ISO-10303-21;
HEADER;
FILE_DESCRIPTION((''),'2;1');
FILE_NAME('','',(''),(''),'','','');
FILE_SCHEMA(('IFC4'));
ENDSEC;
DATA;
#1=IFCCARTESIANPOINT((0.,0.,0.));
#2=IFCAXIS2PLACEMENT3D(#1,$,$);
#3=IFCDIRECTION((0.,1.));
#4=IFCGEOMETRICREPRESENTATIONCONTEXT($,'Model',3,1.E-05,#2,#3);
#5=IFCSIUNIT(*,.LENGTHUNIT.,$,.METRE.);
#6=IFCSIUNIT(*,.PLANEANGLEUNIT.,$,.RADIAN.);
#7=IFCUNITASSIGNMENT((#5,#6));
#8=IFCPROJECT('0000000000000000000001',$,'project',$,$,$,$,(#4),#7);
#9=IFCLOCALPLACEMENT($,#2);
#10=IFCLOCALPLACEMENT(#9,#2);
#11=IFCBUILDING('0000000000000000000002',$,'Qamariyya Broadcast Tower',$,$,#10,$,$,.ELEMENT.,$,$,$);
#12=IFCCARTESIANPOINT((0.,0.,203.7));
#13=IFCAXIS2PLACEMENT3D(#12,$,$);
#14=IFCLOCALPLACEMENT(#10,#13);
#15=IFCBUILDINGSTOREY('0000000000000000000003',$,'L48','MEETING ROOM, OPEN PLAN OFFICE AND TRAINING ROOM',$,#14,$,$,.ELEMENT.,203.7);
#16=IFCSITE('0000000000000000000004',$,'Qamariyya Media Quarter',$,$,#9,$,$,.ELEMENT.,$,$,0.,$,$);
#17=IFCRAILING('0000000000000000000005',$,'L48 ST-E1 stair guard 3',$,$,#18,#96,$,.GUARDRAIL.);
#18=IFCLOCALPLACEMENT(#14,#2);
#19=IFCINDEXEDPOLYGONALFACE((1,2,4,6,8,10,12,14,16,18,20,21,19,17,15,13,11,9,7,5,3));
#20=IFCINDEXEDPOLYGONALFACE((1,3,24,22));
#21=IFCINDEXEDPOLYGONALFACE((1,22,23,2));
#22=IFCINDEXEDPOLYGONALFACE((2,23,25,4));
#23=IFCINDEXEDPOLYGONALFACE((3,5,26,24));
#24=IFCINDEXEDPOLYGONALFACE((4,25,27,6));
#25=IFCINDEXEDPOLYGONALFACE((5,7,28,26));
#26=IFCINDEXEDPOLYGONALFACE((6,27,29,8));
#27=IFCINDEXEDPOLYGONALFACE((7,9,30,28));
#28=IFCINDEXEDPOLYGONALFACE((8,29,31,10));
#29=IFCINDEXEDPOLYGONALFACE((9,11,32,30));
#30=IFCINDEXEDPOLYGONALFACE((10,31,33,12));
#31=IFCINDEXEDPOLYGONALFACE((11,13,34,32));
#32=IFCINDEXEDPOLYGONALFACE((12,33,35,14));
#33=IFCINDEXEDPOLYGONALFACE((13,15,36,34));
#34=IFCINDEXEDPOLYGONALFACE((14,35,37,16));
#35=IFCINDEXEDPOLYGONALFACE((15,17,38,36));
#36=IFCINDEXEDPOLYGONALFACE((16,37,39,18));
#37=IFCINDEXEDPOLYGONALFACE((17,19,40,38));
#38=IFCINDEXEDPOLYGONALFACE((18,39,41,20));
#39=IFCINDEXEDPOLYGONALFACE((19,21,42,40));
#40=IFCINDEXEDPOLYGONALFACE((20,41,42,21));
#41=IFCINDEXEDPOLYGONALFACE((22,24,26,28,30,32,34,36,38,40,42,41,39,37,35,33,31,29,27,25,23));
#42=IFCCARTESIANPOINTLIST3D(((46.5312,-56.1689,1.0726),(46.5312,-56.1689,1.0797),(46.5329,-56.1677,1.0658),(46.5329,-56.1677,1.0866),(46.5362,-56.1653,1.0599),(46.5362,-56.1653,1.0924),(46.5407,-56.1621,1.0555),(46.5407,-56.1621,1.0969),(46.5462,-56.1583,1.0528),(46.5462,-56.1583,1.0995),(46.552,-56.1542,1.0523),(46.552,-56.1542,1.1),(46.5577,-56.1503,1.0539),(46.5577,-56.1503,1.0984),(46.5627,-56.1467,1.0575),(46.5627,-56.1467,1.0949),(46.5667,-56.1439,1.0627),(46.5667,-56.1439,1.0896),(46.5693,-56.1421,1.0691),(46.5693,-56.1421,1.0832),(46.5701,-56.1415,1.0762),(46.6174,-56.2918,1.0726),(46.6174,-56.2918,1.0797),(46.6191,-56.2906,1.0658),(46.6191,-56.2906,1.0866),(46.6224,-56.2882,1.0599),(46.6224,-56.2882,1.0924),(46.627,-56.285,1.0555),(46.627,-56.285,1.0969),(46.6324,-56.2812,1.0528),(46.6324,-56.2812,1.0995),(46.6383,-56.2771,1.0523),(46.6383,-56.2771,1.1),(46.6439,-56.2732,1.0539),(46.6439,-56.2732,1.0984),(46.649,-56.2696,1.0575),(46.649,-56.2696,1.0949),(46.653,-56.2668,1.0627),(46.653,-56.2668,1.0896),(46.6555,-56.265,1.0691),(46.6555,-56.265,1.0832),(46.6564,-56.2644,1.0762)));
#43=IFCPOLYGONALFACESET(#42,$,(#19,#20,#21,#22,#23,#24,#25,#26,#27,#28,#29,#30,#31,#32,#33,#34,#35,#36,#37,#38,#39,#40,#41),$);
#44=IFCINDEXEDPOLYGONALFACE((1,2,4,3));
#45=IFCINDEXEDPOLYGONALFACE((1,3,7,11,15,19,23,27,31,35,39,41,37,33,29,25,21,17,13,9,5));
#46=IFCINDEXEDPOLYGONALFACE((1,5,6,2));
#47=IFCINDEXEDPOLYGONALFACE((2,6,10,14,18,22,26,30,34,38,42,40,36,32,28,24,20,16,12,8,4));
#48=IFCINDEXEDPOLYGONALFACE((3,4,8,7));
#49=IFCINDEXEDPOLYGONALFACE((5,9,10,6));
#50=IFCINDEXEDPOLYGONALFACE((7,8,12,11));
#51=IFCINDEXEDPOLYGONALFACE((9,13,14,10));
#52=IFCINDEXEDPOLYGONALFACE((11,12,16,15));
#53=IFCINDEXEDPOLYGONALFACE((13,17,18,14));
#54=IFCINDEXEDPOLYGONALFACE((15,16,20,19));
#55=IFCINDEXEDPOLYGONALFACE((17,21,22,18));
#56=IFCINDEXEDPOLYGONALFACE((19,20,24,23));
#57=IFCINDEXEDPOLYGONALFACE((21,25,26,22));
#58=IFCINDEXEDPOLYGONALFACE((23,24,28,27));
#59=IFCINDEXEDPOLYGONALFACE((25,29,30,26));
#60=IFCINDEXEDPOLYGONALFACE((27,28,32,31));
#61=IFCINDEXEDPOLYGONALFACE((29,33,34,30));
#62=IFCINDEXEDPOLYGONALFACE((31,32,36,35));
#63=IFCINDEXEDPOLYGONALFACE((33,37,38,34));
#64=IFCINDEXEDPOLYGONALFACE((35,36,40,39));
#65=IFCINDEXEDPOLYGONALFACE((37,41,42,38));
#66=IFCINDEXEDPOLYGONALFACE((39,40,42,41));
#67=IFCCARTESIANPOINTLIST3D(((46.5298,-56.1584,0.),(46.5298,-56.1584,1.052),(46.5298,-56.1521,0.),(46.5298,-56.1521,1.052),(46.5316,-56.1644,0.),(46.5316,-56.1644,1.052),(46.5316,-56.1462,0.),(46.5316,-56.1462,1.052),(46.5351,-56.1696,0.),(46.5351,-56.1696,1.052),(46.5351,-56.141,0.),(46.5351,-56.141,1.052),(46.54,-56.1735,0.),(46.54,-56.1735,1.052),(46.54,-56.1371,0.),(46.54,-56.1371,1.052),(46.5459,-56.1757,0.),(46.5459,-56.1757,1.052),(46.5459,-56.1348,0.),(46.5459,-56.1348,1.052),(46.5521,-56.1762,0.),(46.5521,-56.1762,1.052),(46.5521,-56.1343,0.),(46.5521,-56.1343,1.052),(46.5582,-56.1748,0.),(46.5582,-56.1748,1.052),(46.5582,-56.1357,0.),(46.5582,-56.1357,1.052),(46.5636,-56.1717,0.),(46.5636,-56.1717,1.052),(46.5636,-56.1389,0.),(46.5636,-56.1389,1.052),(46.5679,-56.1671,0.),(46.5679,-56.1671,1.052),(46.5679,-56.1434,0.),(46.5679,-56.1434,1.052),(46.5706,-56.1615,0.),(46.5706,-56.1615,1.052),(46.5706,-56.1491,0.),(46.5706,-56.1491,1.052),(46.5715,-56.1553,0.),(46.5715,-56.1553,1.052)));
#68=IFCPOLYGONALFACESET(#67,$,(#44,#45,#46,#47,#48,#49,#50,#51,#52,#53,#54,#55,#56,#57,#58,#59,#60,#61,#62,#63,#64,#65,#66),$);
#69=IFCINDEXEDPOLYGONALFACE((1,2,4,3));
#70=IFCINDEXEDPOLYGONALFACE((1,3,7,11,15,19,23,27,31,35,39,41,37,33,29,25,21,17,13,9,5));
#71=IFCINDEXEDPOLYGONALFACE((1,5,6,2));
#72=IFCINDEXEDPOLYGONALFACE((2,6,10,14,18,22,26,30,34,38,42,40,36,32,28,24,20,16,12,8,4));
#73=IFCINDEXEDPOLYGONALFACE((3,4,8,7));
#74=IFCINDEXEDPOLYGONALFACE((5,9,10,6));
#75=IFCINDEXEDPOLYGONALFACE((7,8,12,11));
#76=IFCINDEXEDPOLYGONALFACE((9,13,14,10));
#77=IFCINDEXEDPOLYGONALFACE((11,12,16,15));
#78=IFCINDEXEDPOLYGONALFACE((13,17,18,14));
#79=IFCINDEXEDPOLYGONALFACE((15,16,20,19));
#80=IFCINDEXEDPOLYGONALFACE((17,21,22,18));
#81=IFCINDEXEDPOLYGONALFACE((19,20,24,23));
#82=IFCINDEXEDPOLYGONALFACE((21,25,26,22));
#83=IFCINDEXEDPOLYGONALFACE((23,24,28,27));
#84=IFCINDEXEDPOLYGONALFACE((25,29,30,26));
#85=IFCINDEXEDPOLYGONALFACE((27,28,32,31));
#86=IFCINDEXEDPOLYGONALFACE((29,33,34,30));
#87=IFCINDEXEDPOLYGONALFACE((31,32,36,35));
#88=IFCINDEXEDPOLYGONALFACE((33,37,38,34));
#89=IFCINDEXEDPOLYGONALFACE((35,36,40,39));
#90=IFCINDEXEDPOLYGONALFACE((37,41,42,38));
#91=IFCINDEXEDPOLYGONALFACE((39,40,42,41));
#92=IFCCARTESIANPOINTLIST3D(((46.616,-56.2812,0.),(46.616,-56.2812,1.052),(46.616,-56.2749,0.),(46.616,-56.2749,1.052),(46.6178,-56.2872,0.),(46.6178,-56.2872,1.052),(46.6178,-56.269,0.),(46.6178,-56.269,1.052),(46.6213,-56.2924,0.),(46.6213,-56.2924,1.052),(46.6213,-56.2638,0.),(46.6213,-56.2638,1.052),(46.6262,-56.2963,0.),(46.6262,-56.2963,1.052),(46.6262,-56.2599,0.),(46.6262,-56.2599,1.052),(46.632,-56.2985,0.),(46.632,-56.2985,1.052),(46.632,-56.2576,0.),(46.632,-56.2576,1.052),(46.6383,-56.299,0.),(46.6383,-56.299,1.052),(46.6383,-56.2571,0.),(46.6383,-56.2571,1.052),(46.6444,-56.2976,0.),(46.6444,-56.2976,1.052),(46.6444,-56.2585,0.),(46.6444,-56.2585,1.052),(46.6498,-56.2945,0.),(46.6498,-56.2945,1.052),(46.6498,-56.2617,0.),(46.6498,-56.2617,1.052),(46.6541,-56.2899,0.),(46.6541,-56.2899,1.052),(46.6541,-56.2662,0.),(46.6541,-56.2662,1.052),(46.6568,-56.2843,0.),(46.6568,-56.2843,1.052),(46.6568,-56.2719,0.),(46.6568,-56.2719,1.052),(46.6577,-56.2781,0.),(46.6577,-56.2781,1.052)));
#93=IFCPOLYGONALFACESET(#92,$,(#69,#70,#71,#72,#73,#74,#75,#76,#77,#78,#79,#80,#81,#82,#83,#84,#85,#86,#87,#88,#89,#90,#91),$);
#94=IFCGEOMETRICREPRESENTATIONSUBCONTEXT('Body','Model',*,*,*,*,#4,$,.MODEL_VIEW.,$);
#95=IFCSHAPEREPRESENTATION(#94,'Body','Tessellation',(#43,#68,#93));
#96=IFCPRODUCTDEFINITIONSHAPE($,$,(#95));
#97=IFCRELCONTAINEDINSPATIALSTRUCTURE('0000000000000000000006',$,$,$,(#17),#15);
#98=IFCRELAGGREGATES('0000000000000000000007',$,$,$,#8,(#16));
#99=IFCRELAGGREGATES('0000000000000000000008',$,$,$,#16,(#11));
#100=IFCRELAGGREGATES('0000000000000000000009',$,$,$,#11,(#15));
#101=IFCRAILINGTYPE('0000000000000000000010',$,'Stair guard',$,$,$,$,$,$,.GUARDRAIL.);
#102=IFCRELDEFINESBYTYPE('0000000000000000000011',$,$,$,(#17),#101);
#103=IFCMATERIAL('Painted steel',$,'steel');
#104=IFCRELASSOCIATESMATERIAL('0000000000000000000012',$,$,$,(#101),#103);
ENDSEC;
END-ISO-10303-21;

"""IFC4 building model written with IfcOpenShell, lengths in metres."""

from ifc_helpers import new_model, si_unit, direction, frame, origin, origin_2d, place, context, subcontext, project, spatial, circle, extrude, material, type_object, element, save


model = new_model("IFC4")

# Units and contexts
model_context = context("Model", 3, precision=1e-05, world=origin(), true_north=direction((0.0, 1.0)))
body_context = subcontext(model_context, "Body", "Model", "MODEL_VIEW")
ifc_project = project(units=[si_unit("LENGTHUNIT", "METRE"), si_unit("PLANEANGLEUNIT", "RADIAN")], contexts=[model_context])

# Site, building, storey
site_placement = place(None, origin())
site = spatial("IfcSite", under=ifc_project, at=site_placement, Name="Qamariyya Media Quarter", CompositionType="ELEMENT", RefElevation=0.0)
building_placement = place(site_placement, origin())
building = spatial("IfcBuilding", under=site, at=building_placement, Name="Qamariyya Broadcast Tower", CompositionType="ELEMENT")
storey_placement = place(building_placement, frame((0.0, 0.0, 203.7)))
storey = spatial("IfcBuildingStorey", under=building, at=storey_placement, Name="L48", Description="MEETING ROOM, OPEN PLAN OFFICE AND TRAINING ROOM", CompositionType="ELEMENT", Elevation=203.7)

# Railing
ifc_material_1 = material(Name="Painted steel", Category="steel")
railing_type_1 = type_object("IfcRailingType", Name="Stair guard", PredefinedType="GUARDRAIL", material=ifc_material_1)
railing_1_placement = place(storey_placement, frame((46.5505, -56.1553, 0.0)))
element("IfcRailing", 1, at=railing_1_placement, inside=storey, type_object=railing_type_1, Name="L48 ST-E1 stair guard 3", PredefinedType="GUARDRAIL", context=body_context, shape_type="SweptSolid", body=[
    extrude(circle(Radius=0.0239, at=origin_2d()), frame((0.0, 0.0, 1.0762), z_axis=(0.574445, -0.818543, 0.0), x_axis=(0.818543, 0.574445, 0.0)), (0.0, 0.0, 1.0), 0.1501),
    extrude(circle(Radius=0.021, at=origin_2d()), origin(), (0.0, 0.0, 1.0), 1.052),
    extrude(circle(Radius=0.021, at=origin_2d()), frame((0.0862, -0.1228, 0.0)), (0.0, 0.0, 1.0), 1.052),
])

save(model, "model.ifc")
